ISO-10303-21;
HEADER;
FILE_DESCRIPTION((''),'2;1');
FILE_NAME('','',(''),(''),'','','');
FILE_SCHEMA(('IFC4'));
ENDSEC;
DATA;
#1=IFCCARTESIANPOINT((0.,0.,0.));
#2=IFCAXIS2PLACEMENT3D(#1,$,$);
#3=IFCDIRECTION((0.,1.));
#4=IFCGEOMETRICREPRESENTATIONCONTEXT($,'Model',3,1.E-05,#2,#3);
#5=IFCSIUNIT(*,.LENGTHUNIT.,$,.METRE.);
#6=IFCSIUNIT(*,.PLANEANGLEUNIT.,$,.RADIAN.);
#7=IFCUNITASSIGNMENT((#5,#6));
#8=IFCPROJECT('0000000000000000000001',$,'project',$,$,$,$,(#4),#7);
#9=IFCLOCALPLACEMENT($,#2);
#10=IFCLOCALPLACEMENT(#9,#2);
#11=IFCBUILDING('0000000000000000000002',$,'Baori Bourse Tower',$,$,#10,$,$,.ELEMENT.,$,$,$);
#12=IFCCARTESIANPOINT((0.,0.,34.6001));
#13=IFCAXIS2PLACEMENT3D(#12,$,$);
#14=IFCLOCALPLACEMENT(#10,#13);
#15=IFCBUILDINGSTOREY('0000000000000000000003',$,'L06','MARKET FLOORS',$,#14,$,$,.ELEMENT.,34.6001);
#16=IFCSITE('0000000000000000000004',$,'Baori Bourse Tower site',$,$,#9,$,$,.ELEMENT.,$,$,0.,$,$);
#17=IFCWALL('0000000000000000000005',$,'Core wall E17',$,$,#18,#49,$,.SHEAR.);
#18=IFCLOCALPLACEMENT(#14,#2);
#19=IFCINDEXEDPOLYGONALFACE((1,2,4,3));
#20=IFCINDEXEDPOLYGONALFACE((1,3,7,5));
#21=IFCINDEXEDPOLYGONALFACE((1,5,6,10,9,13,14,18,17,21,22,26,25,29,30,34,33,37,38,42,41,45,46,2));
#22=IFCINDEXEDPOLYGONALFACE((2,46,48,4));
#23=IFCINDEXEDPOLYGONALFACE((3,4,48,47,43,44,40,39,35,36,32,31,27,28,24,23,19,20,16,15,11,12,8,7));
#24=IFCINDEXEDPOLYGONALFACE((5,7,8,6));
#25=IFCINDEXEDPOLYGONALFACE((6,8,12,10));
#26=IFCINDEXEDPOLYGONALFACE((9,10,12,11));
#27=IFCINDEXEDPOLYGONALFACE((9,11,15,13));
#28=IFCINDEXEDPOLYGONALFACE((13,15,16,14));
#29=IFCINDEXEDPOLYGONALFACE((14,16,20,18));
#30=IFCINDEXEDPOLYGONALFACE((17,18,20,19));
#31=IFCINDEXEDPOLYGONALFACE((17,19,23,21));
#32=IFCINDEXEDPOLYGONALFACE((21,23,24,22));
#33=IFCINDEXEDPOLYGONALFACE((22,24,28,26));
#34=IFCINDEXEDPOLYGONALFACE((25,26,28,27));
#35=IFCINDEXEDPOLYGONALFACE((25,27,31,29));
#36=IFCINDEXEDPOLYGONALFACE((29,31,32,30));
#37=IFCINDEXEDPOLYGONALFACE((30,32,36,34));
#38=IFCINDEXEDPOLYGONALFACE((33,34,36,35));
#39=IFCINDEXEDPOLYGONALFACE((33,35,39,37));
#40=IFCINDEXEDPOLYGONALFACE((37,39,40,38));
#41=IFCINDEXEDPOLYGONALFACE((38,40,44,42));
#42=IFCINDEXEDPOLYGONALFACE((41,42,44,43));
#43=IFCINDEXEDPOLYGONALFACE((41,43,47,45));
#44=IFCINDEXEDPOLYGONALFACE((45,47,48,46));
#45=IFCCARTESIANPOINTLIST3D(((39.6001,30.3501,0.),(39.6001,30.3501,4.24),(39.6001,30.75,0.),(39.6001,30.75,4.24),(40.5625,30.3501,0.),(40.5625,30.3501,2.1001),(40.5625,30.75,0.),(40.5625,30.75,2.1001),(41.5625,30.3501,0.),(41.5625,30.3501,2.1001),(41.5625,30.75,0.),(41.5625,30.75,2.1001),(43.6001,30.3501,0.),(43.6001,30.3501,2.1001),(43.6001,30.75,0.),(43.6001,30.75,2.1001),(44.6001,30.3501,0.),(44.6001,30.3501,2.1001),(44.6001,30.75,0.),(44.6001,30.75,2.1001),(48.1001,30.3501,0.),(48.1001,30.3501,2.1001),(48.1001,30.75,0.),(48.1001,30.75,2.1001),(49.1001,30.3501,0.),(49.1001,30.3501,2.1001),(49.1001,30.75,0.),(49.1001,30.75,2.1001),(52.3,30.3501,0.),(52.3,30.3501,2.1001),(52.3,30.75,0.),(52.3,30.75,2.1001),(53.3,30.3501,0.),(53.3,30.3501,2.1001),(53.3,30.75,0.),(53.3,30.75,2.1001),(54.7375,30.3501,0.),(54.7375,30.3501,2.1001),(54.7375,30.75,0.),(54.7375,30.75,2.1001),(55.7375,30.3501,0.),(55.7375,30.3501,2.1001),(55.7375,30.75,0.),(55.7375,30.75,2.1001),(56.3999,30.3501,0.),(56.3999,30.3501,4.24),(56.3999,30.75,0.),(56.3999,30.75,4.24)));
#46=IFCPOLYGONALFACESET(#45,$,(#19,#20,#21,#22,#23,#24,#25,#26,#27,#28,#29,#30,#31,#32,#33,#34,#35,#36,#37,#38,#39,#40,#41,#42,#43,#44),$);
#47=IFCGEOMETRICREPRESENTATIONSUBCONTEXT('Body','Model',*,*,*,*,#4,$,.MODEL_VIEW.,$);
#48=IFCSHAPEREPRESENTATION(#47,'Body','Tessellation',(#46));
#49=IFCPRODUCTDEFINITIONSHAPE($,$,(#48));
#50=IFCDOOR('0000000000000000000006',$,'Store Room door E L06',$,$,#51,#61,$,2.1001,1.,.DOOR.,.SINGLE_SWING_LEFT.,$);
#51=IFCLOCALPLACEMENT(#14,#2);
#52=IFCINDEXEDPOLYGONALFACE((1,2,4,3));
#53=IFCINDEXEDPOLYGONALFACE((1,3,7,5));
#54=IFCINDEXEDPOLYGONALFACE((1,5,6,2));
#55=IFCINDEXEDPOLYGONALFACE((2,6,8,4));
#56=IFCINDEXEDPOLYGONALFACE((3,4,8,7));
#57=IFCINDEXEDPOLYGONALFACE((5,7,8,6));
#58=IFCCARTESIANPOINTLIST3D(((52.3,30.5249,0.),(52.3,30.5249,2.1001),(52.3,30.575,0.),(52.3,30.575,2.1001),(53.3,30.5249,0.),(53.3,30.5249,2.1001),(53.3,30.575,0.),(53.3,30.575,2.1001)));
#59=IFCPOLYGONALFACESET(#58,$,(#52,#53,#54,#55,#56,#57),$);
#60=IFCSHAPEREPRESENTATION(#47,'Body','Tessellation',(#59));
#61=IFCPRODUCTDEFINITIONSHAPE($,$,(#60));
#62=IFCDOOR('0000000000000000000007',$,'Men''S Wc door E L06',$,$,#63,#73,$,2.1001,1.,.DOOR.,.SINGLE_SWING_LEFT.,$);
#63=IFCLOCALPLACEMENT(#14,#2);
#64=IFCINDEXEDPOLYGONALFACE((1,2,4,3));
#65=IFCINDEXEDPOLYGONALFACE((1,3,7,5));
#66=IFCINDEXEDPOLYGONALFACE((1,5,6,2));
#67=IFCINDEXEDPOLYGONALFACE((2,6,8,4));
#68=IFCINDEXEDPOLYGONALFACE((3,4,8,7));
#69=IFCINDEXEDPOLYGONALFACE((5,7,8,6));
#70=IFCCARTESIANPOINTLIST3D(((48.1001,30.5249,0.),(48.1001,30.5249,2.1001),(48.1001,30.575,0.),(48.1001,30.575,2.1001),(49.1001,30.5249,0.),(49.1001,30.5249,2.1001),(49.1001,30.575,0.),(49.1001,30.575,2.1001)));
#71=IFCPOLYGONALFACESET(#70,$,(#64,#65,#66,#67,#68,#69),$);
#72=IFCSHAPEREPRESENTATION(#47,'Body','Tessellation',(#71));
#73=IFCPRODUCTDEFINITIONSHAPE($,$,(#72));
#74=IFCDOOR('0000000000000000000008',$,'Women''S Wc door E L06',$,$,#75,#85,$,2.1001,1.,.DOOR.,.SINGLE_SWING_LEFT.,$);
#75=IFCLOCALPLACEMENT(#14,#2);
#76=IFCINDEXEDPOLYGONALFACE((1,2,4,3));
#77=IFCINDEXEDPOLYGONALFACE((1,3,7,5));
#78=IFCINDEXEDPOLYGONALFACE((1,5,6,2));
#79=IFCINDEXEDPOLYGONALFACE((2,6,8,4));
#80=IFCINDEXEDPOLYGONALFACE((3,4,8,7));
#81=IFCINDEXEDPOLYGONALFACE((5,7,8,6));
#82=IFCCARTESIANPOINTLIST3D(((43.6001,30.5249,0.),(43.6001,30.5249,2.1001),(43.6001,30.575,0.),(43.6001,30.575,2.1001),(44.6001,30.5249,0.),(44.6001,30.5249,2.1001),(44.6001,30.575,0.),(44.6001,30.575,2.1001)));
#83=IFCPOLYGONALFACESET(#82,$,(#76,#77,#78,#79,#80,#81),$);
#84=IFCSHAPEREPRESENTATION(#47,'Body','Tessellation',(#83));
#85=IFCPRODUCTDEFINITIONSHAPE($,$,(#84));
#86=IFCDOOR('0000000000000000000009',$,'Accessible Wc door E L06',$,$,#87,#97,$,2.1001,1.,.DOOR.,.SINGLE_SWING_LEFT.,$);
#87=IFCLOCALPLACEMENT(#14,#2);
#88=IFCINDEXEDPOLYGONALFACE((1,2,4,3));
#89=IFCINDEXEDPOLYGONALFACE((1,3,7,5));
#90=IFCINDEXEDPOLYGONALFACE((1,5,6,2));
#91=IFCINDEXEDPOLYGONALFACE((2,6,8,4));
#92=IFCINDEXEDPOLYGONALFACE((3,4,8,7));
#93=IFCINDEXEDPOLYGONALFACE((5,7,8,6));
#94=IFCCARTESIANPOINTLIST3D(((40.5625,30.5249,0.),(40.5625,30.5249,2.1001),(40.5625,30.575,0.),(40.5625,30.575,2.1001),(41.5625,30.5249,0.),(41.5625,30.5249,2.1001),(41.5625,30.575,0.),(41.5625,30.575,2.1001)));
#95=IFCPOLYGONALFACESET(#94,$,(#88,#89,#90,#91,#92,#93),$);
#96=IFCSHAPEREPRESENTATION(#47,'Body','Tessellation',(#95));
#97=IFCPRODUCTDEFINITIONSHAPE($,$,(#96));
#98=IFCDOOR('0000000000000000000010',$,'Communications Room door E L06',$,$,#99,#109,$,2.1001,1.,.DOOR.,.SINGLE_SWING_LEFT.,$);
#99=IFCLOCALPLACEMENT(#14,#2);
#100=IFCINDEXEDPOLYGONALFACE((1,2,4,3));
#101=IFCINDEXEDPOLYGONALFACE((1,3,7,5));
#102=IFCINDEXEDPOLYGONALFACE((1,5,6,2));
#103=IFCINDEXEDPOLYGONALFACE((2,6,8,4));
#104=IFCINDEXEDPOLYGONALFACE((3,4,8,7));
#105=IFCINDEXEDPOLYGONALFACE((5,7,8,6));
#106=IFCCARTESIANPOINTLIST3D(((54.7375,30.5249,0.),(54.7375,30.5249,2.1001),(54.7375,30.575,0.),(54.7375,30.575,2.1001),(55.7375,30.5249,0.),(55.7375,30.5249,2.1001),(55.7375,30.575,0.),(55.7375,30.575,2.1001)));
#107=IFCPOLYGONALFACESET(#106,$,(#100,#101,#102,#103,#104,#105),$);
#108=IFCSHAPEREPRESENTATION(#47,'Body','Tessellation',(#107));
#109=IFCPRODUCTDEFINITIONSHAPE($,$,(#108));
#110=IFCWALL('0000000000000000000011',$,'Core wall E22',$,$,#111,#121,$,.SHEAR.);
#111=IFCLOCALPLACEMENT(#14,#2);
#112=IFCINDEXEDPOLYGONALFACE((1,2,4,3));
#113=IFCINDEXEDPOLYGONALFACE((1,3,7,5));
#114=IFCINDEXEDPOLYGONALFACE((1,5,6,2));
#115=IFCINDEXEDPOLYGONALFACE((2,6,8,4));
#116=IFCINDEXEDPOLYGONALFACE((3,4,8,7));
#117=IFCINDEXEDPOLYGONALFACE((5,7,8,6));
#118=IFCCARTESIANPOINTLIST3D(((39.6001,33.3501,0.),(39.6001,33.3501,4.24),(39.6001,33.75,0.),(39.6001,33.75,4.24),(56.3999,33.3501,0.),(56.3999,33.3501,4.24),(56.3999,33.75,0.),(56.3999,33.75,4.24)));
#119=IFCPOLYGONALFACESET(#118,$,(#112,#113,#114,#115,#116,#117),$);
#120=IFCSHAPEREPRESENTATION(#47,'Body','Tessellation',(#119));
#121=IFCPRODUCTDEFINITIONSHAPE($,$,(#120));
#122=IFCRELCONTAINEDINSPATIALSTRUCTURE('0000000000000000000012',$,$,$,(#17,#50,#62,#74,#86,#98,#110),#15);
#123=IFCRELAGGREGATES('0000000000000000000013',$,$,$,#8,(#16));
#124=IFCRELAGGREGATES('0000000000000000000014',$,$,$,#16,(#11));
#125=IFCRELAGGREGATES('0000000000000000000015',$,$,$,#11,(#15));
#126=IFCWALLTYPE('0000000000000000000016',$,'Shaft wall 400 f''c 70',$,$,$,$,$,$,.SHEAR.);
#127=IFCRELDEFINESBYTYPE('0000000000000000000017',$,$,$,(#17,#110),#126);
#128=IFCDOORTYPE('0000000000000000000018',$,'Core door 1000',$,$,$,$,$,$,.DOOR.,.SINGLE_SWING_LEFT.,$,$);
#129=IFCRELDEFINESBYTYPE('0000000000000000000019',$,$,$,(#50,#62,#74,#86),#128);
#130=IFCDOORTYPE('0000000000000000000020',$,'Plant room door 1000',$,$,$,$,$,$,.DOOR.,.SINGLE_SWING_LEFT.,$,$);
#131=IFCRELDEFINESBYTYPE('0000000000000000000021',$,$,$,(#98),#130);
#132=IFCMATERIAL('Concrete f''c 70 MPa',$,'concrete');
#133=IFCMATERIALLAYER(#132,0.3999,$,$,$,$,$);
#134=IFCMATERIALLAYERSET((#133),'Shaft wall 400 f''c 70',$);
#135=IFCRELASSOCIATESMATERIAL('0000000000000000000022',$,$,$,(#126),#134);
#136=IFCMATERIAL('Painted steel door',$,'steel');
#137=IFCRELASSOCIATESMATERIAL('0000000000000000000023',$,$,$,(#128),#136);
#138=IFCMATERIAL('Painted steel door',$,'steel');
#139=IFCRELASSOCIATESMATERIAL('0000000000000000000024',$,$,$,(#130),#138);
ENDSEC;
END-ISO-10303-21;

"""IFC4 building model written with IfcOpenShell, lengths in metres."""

from ifc_helpers import new_model, si_unit, direction, frame, frame_2d, origin, place, context, subcontext, project, spatial, rectangle, extrude, material, layer, layer_set, type_object, element, fill, save


model = new_model("IFC4")

# Units and contexts
model_context = context("Model", 3, precision=1e-05, world=origin(), true_north=direction((0.0, 1.0)))
body_context = subcontext(model_context, "Body", "Model", "MODEL_VIEW")
ifc_project = project(units=[si_unit("LENGTHUNIT", "METRE"), si_unit("PLANEANGLEUNIT", "RADIAN")], contexts=[model_context])

# Site, building, storey
site_placement = place(None, origin())
site = spatial("IfcSite", under=ifc_project, at=site_placement, Name="Baori Bourse Tower site", CompositionType="ELEMENT", RefElevation=0.0)
building_placement = place(site_placement, origin())
building = spatial("IfcBuilding", under=site, at=building_placement, Name="Baori Bourse Tower", CompositionType="ELEMENT")
storey_placement = place(building_placement, frame((0.0, 0.0, 34.6001)))
storey = spatial("IfcBuildingStorey", under=building, at=storey_placement, Name="L06", Description="MARKET FLOORS", CompositionType="ELEMENT", Elevation=34.6001)

# Wall, openings, doors
ifc_material_1 = material(Name="Concrete f'c 70 MPa", Category="concrete")
ifc_layer_1 = layer(ifc_material_1, 0.3999)
ifc_layer_set_1 = layer_set([ifc_layer_1], Name="Shaft wall 400 f'c 70")
wall_type_1 = type_object("IfcWallType", Name="Shaft wall 400 f'c 70", PredefinedType="SHEAR", material=ifc_layer_set_1)
wall_1_placement = place(storey_placement, frame((39.6001, 30.55, 0.0), z_axis=(0.0, 0.0, 1.0), x_axis=(1.0, 0.0, 0.0)))
wall_1 = element("IfcWall", 1, at=wall_1_placement, inside=storey, type_object=wall_type_1, Name="Core wall E17", PredefinedType="SHEAR", context=body_context, shape_type="SweptSolid", body=[
    extrude(rectangle(XDim=16.7998, YDim=0.3999, at=frame_2d((8.3999, 0.0))), origin(), (0.0, 0.0, 1.0), 4.24),
])
opening_1_placement = place(wall_1_placement, frame((15.1375, 0.0, 0.0)))
opening_1 = element("IfcOpeningElement", 2, at=opening_1_placement, cuts=wall_1, PredefinedType="OPENING", context=body_context, shape_type="SweptSolid", body=[
    extrude(rectangle(XDim=1.0, YDim=2.1001, at=frame_2d((0.5, 1.05))), frame((0.0, 0.21, 0.0), z_axis=(0.0, -1.0, 0.0), x_axis=(1.0, 0.0, 0.0)), (0.0, 0.0, 1.0), 0.4199),
])
opening_2_placement = place(wall_1_placement, frame((12.7, 0.0, 0.0)))
opening_2 = element("IfcOpeningElement", 3, at=opening_2_placement, cuts=wall_1, PredefinedType="OPENING", context=body_context, shape_type="SweptSolid", body=[
    extrude(rectangle(XDim=1.0, YDim=2.1001, at=frame_2d((0.5, 1.05))), frame((0.0, 0.21, 0.0), z_axis=(0.0, -1.0, 0.0), x_axis=(1.0, 0.0, 0.0)), (0.0, 0.0, 1.0), 0.4199),
])
opening_3_placement = place(wall_1_placement, frame((8.5, 0.0, 0.0)))
opening_3 = element("IfcOpeningElement", 4, at=opening_3_placement, cuts=wall_1, PredefinedType="OPENING", context=body_context, shape_type="SweptSolid", body=[
    extrude(rectangle(XDim=1.0, YDim=2.1001, at=frame_2d((0.5, 1.05))), frame((0.0, 0.21, 0.0), z_axis=(0.0, -1.0, 0.0), x_axis=(1.0, 0.0, 0.0)), (0.0, 0.0, 1.0), 0.4199),
])
opening_4_placement = place(wall_1_placement, frame((4.0, 0.0, 0.0)))
opening_4 = element("IfcOpeningElement", 5, at=opening_4_placement, cuts=wall_1, PredefinedType="OPENING", context=body_context, shape_type="SweptSolid", body=[
    extrude(rectangle(XDim=1.0, YDim=2.1001, at=frame_2d((0.5, 1.05))), frame((0.0, 0.21, 0.0), z_axis=(0.0, -1.0, 0.0), x_axis=(1.0, 0.0, 0.0)), (0.0, 0.0, 1.0), 0.4199),
])
opening_5_placement = place(wall_1_placement, frame((0.9624, 0.0, 0.0)))
opening_5 = element("IfcOpeningElement", 6, at=opening_5_placement, cuts=wall_1, PredefinedType="OPENING", context=body_context, shape_type="SweptSolid", body=[
    extrude(rectangle(XDim=1.0, YDim=2.1001, at=frame_2d((0.5, 1.05))), frame((0.0, 0.21, 0.0), z_axis=(0.0, -1.0, 0.0), x_axis=(1.0, 0.0, 0.0)), (0.0, 0.0, 1.0), 0.4199),
])
ifc_material_2 = material(Name="Painted steel door", Category="steel")
door_type_1 = type_object("IfcDoorType", Name="Core door 1000", OperationType="SINGLE_SWING_LEFT", PredefinedType="DOOR", material=ifc_material_2)
door_1_placement = place(opening_2_placement, origin())
door_1 = element("IfcDoor", 7, at=door_1_placement, inside=storey, type_object=door_type_1, Name="Store Room door E L06", OperationType="SINGLE_SWING_LEFT", OverallHeight=2.1001, OverallWidth=1.0, PredefinedType="DOOR", context=body_context, shape_type="SweptSolid", body=[
    extrude(rectangle(XDim=1.0, YDim=2.1001, at=frame_2d((0.5, 1.05))), frame((0.0, 0.0249, 0.0), z_axis=(0.0, -1.0, 0.0), x_axis=(1.0, 0.0, 0.0)), (0.0, 0.0, 1.0), 0.05),
])
fill(opening_2, door_1)
door_2_placement = place(opening_3_placement, origin())
door_2 = element("IfcDoor", 8, at=door_2_placement, inside=storey, type_object=door_type_1, Name="Men'S Wc door E L06", OperationType="SINGLE_SWING_LEFT", OverallHeight=2.1001, OverallWidth=1.0, PredefinedType="DOOR", context=body_context, shape_type="SweptSolid", body=[
    extrude(rectangle(XDim=1.0, YDim=2.1001, at=frame_2d((0.5, 1.05))), frame((0.0, 0.0249, 0.0), z_axis=(0.0, -1.0, 0.0), x_axis=(1.0, 0.0, 0.0)), (0.0, 0.0, 1.0), 0.05),
])
fill(opening_3, door_2)
door_3_placement = place(opening_4_placement, origin())
door_3 = element("IfcDoor", 9, at=door_3_placement, inside=storey, type_object=door_type_1, Name="Women'S Wc door E L06", OperationType="SINGLE_SWING_LEFT", OverallHeight=2.1001, OverallWidth=1.0, PredefinedType="DOOR", context=body_context, shape_type="SweptSolid", body=[
    extrude(rectangle(XDim=1.0, YDim=2.1001, at=frame_2d((0.5, 1.05))), frame((0.0, 0.0249, 0.0), z_axis=(0.0, -1.0, 0.0), x_axis=(1.0, 0.0, 0.0)), (0.0, 0.0, 1.0), 0.05),
])
fill(opening_4, door_3)
door_4_placement = place(opening_5_placement, origin())
door_4 = element("IfcDoor", 10, at=door_4_placement, inside=storey, type_object=door_type_1, Name="Accessible Wc door E L06", OperationType="SINGLE_SWING_LEFT", OverallHeight=2.1001, OverallWidth=1.0, PredefinedType="DOOR", context=body_context, shape_type="SweptSolid", body=[
    extrude(rectangle(XDim=1.0, YDim=2.1001, at=frame_2d((0.5, 1.05))), frame((0.0, 0.0249, 0.0), z_axis=(0.0, -1.0, 0.0), x_axis=(1.0, 0.0, 0.0)), (0.0, 0.0, 1.0), 0.05),
])
fill(opening_5, door_4)
ifc_material_3 = material(Name="Painted steel door", Category="steel")
door_type_2 = type_object("IfcDoorType", Name="Plant room door 1000", OperationType="SINGLE_SWING_LEFT", PredefinedType="DOOR", material=ifc_material_3)
door_5_placement = place(opening_1_placement, origin())
door_5 = element("IfcDoor", 11, at=door_5_placement, inside=storey, type_object=door_type_2, Name="Communications Room door E L06", OperationType="SINGLE_SWING_LEFT", OverallHeight=2.1001, OverallWidth=1.0, PredefinedType="DOOR", context=body_context, shape_type="SweptSolid", body=[
    extrude(rectangle(XDim=1.0, YDim=2.1001, at=frame_2d((0.5, 1.05))), frame((0.0, 0.0249, 0.0), z_axis=(0.0, -1.0, 0.0), x_axis=(1.0, 0.0, 0.0)), (0.0, 0.0, 1.0), 0.05),
])
fill(opening_1, door_5)

# Wall
wall_2_placement = place(storey_placement, frame((39.6001, 33.55, 0.0), z_axis=(0.0, 0.0, 1.0), x_axis=(1.0, 0.0, 0.0)))
element("IfcWall", 12, at=wall_2_placement, inside=storey, type_object=wall_type_1, Name="Core wall E22", PredefinedType="SHEAR", context=body_context, shape_type="SweptSolid", body=[
    extrude(rectangle(XDim=16.7998, YDim=0.3999, at=frame_2d((8.3999, 0.0))), origin(), (0.0, 0.0, 1.0), 4.24),
])

save(model, "model.ifc")
